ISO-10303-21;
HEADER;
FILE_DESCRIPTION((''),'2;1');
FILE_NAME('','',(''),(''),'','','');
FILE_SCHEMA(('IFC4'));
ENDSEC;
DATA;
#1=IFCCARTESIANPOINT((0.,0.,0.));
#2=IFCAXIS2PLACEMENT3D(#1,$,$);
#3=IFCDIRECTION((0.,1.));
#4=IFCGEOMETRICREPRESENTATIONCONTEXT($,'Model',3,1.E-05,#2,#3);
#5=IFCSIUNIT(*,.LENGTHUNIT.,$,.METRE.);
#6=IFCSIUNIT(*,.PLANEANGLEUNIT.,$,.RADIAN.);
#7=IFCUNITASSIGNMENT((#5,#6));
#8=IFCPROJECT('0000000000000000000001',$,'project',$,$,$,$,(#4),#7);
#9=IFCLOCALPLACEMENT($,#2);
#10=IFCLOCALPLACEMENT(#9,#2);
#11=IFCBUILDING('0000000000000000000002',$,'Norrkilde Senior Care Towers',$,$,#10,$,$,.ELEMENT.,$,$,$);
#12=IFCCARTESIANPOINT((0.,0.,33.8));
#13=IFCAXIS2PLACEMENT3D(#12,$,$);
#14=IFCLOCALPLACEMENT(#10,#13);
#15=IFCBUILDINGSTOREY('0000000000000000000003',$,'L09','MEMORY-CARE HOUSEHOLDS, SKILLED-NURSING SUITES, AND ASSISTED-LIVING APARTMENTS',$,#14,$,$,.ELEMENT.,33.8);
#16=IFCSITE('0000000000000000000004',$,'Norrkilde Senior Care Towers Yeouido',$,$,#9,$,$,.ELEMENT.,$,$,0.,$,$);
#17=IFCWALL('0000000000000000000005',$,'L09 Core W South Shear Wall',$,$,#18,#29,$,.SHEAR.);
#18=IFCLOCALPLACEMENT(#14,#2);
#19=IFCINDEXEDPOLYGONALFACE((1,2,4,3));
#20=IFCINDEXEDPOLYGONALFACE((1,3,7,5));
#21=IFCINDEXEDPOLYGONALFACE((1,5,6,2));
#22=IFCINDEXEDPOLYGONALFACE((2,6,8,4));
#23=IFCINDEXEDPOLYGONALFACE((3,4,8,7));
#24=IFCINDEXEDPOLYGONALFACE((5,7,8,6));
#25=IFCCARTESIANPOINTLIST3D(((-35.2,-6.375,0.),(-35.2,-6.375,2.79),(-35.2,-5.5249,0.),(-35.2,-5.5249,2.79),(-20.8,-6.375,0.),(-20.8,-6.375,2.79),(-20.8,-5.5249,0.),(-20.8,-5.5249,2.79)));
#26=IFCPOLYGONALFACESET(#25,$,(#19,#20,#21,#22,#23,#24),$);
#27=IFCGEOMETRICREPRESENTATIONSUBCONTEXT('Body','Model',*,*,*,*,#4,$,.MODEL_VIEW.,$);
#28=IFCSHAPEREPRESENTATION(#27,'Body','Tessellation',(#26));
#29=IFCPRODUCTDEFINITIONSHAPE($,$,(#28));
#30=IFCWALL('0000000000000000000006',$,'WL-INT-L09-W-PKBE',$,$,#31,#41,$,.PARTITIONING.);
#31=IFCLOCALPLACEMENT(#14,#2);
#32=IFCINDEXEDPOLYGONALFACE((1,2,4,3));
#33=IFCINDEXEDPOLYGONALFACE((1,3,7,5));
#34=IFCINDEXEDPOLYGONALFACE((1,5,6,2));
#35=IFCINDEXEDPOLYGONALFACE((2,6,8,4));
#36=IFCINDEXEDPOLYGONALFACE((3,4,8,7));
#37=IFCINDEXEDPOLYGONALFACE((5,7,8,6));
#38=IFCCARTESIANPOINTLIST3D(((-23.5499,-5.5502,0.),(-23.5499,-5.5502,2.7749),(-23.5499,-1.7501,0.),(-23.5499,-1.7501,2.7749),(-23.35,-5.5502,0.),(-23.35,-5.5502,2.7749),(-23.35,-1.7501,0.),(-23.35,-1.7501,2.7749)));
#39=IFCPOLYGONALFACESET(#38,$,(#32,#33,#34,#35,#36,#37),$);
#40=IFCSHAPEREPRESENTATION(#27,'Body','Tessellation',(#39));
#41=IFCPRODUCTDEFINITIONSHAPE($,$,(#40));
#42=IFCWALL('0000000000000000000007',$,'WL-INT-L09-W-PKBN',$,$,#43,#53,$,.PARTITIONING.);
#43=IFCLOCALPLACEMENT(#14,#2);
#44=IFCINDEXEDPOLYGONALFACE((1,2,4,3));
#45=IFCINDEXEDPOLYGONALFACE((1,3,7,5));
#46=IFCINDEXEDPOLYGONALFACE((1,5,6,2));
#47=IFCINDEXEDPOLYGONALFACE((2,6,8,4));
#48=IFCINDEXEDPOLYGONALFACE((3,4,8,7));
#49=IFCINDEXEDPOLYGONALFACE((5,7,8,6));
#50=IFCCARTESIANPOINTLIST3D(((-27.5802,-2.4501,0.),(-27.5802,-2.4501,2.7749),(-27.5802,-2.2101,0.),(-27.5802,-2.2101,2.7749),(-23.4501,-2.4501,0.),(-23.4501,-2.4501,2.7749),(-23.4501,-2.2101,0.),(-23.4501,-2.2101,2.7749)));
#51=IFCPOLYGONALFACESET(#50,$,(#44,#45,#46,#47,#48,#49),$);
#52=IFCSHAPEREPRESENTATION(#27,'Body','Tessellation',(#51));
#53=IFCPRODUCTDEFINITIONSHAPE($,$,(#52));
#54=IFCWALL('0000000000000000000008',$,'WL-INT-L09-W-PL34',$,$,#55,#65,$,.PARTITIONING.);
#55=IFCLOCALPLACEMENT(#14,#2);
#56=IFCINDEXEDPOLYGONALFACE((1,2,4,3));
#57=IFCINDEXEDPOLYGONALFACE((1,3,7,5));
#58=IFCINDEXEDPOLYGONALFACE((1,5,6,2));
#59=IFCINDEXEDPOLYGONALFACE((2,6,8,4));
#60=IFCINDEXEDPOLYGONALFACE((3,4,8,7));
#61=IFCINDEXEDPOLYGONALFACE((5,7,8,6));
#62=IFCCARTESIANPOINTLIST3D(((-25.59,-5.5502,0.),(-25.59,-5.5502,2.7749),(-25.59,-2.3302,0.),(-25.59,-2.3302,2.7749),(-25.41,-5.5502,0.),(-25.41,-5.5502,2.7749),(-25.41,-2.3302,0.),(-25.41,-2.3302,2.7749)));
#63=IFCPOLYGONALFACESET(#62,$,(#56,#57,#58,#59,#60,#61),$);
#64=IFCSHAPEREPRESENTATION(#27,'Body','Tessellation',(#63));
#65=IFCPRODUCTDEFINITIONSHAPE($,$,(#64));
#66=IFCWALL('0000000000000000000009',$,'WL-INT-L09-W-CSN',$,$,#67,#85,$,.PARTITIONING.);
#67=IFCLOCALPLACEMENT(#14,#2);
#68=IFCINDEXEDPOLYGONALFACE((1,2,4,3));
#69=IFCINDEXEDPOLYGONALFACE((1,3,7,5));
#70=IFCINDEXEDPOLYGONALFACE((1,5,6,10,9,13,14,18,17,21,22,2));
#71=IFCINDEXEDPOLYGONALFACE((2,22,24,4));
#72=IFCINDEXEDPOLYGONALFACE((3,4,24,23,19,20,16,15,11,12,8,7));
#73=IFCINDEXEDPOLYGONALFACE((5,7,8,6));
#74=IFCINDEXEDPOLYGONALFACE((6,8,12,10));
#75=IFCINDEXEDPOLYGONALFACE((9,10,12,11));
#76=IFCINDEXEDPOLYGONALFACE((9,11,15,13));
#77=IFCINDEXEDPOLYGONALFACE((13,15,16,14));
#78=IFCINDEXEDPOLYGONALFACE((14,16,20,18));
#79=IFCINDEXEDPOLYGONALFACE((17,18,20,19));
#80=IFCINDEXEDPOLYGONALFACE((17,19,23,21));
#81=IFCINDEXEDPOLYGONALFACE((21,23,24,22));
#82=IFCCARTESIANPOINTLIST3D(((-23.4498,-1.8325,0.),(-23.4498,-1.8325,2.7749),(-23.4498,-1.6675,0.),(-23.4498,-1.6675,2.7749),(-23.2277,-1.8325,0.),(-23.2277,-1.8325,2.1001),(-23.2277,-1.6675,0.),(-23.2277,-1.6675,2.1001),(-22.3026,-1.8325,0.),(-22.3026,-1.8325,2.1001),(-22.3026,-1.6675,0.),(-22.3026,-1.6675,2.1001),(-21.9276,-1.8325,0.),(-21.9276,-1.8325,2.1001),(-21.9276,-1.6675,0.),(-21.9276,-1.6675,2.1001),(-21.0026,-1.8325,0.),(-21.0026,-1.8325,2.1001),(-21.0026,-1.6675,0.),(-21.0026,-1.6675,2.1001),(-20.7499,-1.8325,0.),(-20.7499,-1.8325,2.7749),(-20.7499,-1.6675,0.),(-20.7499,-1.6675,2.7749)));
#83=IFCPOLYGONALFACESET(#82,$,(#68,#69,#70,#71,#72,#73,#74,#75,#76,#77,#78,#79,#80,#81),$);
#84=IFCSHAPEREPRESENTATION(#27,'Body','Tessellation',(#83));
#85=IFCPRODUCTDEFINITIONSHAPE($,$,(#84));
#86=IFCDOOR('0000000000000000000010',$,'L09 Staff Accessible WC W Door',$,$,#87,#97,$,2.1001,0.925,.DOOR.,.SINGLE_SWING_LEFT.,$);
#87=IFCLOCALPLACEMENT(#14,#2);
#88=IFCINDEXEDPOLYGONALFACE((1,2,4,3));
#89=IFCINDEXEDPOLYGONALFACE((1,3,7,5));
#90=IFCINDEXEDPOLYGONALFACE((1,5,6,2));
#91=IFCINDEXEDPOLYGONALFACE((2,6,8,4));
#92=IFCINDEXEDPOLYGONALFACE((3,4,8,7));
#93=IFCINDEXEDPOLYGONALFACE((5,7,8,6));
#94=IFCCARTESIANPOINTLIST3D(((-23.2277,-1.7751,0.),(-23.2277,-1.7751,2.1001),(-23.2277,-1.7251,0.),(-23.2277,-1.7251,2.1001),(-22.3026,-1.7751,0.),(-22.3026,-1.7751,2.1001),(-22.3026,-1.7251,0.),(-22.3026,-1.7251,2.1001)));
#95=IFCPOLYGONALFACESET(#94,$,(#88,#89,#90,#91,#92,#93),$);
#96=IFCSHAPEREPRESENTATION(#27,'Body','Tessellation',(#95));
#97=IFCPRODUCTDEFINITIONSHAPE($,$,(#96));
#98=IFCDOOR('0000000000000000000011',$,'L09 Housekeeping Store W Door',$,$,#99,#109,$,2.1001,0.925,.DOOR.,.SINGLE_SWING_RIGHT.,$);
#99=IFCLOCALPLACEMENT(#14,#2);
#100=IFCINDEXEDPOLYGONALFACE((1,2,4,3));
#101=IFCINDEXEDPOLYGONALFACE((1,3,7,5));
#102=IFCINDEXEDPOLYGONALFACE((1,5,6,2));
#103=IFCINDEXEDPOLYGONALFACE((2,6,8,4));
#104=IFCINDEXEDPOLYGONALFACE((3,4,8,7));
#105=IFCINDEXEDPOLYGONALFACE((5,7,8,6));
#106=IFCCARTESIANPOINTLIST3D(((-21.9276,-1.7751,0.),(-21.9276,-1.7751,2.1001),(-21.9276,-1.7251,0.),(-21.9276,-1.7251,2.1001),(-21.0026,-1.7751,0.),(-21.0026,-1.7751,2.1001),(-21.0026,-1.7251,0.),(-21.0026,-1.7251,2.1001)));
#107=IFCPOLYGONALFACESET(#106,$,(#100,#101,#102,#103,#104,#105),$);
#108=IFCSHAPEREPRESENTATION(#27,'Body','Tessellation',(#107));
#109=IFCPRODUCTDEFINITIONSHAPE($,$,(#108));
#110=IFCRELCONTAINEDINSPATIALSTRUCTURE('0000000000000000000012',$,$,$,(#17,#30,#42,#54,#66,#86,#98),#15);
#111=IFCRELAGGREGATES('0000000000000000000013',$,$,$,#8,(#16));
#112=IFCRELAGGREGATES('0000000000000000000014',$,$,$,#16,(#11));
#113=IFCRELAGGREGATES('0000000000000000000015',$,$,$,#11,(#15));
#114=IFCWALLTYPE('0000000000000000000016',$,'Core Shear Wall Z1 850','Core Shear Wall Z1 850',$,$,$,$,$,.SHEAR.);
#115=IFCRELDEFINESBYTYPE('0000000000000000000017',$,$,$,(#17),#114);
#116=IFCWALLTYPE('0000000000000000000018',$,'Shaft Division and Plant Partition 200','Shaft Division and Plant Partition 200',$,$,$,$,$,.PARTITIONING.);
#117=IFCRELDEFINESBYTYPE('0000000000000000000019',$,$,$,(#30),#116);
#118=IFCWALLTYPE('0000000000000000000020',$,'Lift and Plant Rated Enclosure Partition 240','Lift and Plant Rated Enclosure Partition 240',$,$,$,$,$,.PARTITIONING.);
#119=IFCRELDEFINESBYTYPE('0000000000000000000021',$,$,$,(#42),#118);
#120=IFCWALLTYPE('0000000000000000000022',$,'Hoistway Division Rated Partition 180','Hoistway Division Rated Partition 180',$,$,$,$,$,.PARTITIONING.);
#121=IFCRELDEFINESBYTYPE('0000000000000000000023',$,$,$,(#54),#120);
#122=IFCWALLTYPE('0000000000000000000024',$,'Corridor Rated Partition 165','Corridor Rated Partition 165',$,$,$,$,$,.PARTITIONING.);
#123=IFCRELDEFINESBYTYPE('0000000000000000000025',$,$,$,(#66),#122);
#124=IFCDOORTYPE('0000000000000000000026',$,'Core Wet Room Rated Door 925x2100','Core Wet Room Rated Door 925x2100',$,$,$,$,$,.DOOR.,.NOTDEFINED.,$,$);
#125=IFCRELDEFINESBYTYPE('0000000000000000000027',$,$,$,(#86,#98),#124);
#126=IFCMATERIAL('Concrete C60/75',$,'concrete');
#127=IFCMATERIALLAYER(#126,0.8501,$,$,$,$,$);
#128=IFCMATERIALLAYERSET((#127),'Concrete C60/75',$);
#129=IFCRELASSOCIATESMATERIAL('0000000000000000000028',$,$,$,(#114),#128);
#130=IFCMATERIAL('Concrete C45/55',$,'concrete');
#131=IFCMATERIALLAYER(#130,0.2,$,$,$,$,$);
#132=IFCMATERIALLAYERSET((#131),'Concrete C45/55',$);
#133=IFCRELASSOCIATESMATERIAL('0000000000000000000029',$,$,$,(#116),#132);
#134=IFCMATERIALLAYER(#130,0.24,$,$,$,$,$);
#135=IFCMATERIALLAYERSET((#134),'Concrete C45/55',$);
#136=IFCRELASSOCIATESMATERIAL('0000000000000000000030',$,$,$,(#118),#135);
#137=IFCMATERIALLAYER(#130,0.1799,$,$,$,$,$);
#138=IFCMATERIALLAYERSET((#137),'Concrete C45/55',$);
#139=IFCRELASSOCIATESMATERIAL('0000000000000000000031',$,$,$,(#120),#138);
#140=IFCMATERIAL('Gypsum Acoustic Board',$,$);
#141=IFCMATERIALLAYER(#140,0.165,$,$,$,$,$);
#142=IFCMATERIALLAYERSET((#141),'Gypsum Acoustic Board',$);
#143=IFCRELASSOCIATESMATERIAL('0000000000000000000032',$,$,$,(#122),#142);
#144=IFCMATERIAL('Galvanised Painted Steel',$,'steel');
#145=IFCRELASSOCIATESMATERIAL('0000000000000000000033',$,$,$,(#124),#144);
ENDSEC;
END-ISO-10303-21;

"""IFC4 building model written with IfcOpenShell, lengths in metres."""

from ifc_helpers import new_model, si_unit, direction, frame, frame_2d, origin, place, context, subcontext, project, spatial, rectangle, extrude, source, transform, mapped, material, layer, layer_set, type_object, type_shapes, element, fill, save


model = new_model("IFC4")

# Units and contexts
model_context = context("Model", 3, precision=1e-05, world=origin(), true_north=direction((0.0, 1.0)))
body_context = subcontext(model_context, "Body", "Model", "MODEL_VIEW")
ifc_project = project(units=[si_unit("LENGTHUNIT", "METRE"), si_unit("PLANEANGLEUNIT", "RADIAN")], contexts=[model_context])

# Site, building, storey
site_placement = place(None, origin())
site = spatial("IfcSite", under=ifc_project, at=site_placement, Name="Norrkilde Senior Care Towers Yeouido", CompositionType="ELEMENT", RefElevation=0.0)
building_placement = place(site_placement, origin())
building = spatial("IfcBuilding", under=site, at=building_placement, Name="Norrkilde Senior Care Towers", CompositionType="ELEMENT")
storey_placement = place(building_placement, frame((0.0, 0.0, 33.8)))
storey = spatial("IfcBuildingStorey", under=building, at=storey_placement, Name="L09", Description="MEMORY-CARE HOUSEHOLDS, SKILLED-NURSING SUITES, AND ASSISTED-LIVING APARTMENTS", CompositionType="ELEMENT", Elevation=33.8)

# Shared definitions
ifc_material_1 = material(Name="Concrete C60/75", Category="concrete")

# Walls
ifc_layer_1 = layer(ifc_material_1, 0.8501)
ifc_layer_set_1 = layer_set([ifc_layer_1], Name="Concrete C60/75")
wall_type_1 = type_object("IfcWallType", Name="Core Shear Wall Z1 850", Description="Core Shear Wall Z1 850", PredefinedType="SHEAR", material=ifc_layer_set_1)
shared_shape_1 = source(origin(), body_context, "Body", "SweptSolid", [
    extrude(rectangle(XDim=14.3999, YDim=0.8501, at=frame_2d((7.2, 0.0))), origin(), (0.0, 0.0, 1.0), 2.79),
])
type_shapes(wall_type_1, [shared_shape_1])
wall_1_placement = place(storey_placement, frame((-20.8, -5.95, 0.0), z_axis=(0.0, 0.0, 1.0), x_axis=(-1.0, 0.0, 0.0)))
element("IfcWall", 1, at=wall_1_placement, inside=storey, type_object=wall_type_1, Name="L09 Core W South Shear Wall", PredefinedType="SHEAR", context=body_context, shape_type="MappedRepresentation", body=[
    mapped(shared_shape_1, transform((0.0, 0.0, 0.0), x_axis=(1.0, 0.0, 0.0), y_axis=(0.0, 1.0, 0.0), z_axis=(0.0, 0.0, 1.0), scale=1.0)),
])
ifc_material_2 = material(Name="Concrete C45/55", Category="concrete")
ifc_layer_2 = layer(ifc_material_2, 0.2)
ifc_layer_set_2 = layer_set([ifc_layer_2], Name="Concrete C45/55")
wall_type_2 = type_object("IfcWallType", Name="Shaft Division and Plant Partition 200", Description="Shaft Division and Plant Partition 200", PredefinedType="PARTITIONING", material=ifc_layer_set_2)
shared_shape_2 = source(origin(), body_context, "Body", "SweptSolid", [
    extrude(rectangle(XDim=3.8, YDim=0.2, at=frame_2d((1.8999, 0.0))), origin(), (0.0, 0.0, 1.0), 2.7749),
])
type_shapes(wall_type_2, [shared_shape_2])
wall_2_placement = place(storey_placement, frame((-23.45, -5.55, 0.0), z_axis=(0.0, 0.0, 1.0), x_axis=(0.0, 1.0, 0.0)))
element("IfcWall", 2, at=wall_2_placement, inside=storey, type_object=wall_type_2, Name="WL-INT-L09-W-PKBE", PredefinedType="PARTITIONING", context=body_context, shape_type="MappedRepresentation", body=[
    mapped(shared_shape_2, transform((0.0, 0.0, 0.0), x_axis=(1.0, 0.0, 0.0), y_axis=(0.0, 1.0, 0.0), z_axis=(0.0, 0.0, 1.0), scale=1.0)),
])
ifc_layer_3 = layer(ifc_material_2, 0.24)
ifc_layer_set_3 = layer_set([ifc_layer_3], Name="Concrete C45/55")
wall_type_3 = type_object("IfcWallType", Name="Lift and Plant Rated Enclosure Partition 240", Description="Lift and Plant Rated Enclosure Partition 240", PredefinedType="PARTITIONING", material=ifc_layer_set_3)
shared_shape_3 = source(origin(), body_context, "Body", "SweptSolid", [
    extrude(rectangle(XDim=4.1301, YDim=0.24, at=frame_2d((2.0649, 0.0))), origin(), (0.0, 0.0, 1.0), 2.7749),
])
type_shapes(wall_type_3, [shared_shape_3])
wall_3_placement = place(storey_placement, frame((-27.5801, -2.3301, 0.0), z_axis=(0.0, 0.0, 1.0), x_axis=(1.0, 0.0, 0.0)))
element("IfcWall", 3, at=wall_3_placement, inside=storey, type_object=wall_type_3, Name="WL-INT-L09-W-PKBN", PredefinedType="PARTITIONING", context=body_context, shape_type="MappedRepresentation", body=[
    mapped(shared_shape_3, transform((0.0, 0.0, 0.0), x_axis=(1.0, 0.0, 0.0), y_axis=(0.0, 1.0, 0.0), z_axis=(0.0, 0.0, 1.0), scale=1.0)),
])
ifc_layer_4 = layer(ifc_material_2, 0.1799)
ifc_layer_set_4 = layer_set([ifc_layer_4], Name="Concrete C45/55")
wall_type_4 = type_object("IfcWallType", Name="Hoistway Division Rated Partition 180", Description="Hoistway Division Rated Partition 180", PredefinedType="PARTITIONING", material=ifc_layer_set_4)
shared_shape_4 = source(origin(), body_context, "Body", "SweptSolid", [
    extrude(rectangle(XDim=3.22, YDim=0.1799, at=frame_2d((1.6099, 0.0))), origin(), (0.0, 0.0, 1.0), 2.7749),
])
type_shapes(wall_type_4, [shared_shape_4])
wall_4_placement = place(storey_placement, frame((-25.5, -5.55, 0.0), z_axis=(0.0, 0.0, 1.0), x_axis=(0.0, 1.0, 0.0)))
element("IfcWall", 4, at=wall_4_placement, inside=storey, type_object=wall_type_4, Name="WL-INT-L09-W-PL34", PredefinedType="PARTITIONING", context=body_context, shape_type="MappedRepresentation", body=[
    mapped(shared_shape_4, transform((0.0, 0.0, 0.0), x_axis=(1.0, 0.0, 0.0), y_axis=(0.0, 1.0, 0.0), z_axis=(0.0, 0.0, 1.0), scale=1.0)),
])

# Wall, openings, doors
ifc_material_3 = material(Name="Gypsum Acoustic Board")
ifc_layer_5 = layer(ifc_material_3, 0.165)
ifc_layer_set_5 = layer_set([ifc_layer_5], Name="Gypsum Acoustic Board")
wall_type_5 = type_object("IfcWallType", Name="Corridor Rated Partition 165", Description="Corridor Rated Partition 165", PredefinedType="PARTITIONING", material=ifc_layer_set_5)
shared_shape_5 = source(origin(), body_context, "Body", "SweptSolid", [
    extrude(rectangle(XDim=2.7, YDim=0.165, at=frame_2d((1.3501, 0.0))), origin(), (0.0, 0.0, 1.0), 2.7749),
])
wall_5_placement = place(storey_placement, frame((-23.45, -1.75, 0.0), z_axis=(0.0, 0.0, 1.0), x_axis=(1.0, 0.0, 0.0)))
wall_5 = element("IfcWall", 5, at=wall_5_placement, inside=storey, type_object=wall_type_5, Name="WL-INT-L09-W-CSN", PredefinedType="PARTITIONING", context=body_context, shape_type="MappedRepresentation", body=[
    mapped(shared_shape_5, transform((0.0, 0.0, 0.0), x_axis=(1.0, 0.0, 0.0), y_axis=(0.0, 1.0, 0.0), z_axis=(0.0, 0.0, 1.0), scale=1.0)),
])
opening_1_placement = place(wall_5_placement, frame((0.2224, 0.0, 0.0)))
opening_1 = element("IfcOpeningElement", 6, at=opening_1_placement, cuts=wall_5, PredefinedType="OPENING", context=body_context, shape_type="SweptSolid", body=[
    extrude(rectangle(XDim=0.925, YDim=2.1001, at=frame_2d((0.4624, 1.05))), frame((0.0, 0.0925, 0.0), z_axis=(0.0, -1.0, 0.0), x_axis=(1.0, 0.0, 0.0)), (0.0, 0.0, 1.0), 0.1851),
])
opening_2_placement = place(wall_5_placement, frame((1.5225, 0.0, 0.0)))
opening_2 = element("IfcOpeningElement", 7, at=opening_2_placement, cuts=wall_5, PredefinedType="OPENING", context=body_context, shape_type="SweptSolid", body=[
    extrude(rectangle(XDim=0.925, YDim=2.1001, at=frame_2d((0.4624, 1.05))), frame((0.0, 0.0925, 0.0), z_axis=(0.0, -1.0, 0.0), x_axis=(1.0, 0.0, 0.0)), (0.0, 0.0, 1.0), 0.1851),
])
ifc_material_4 = material(Name="Galvanised Painted Steel", Category="steel")
door_type_1 = type_object("IfcDoorType", Name="Core Wet Room Rated Door 925x2100", Description="Core Wet Room Rated Door 925x2100", OperationType="NOTDEFINED", PredefinedType="DOOR", material=ifc_material_4)
shared_shape_6 = source(origin(), body_context, "Body", "SweptSolid", [
    extrude(rectangle(XDim=0.925, YDim=2.1001, at=frame_2d((0.4624, 1.05))), frame((0.0, 0.0249, 0.0), z_axis=(0.0, -1.0, 0.0), x_axis=(1.0, 0.0, 0.0)), (0.0, 0.0, 1.0), 0.05),
])
type_shapes(door_type_1, [shared_shape_6])
door_1_placement = place(opening_1_placement, origin())
door_1 = element("IfcDoor", 8, at=door_1_placement, inside=storey, type_object=door_type_1, Name="L09 Staff Accessible WC W Door", OperationType="SINGLE_SWING_LEFT", OverallHeight=2.1001, OverallWidth=0.925, PredefinedType="DOOR", context=body_context, shape_type="MappedRepresentation", body=[
    mapped(shared_shape_6, transform((0.0, 0.0, 0.0), x_axis=(1.0, 0.0, 0.0), y_axis=(0.0, 1.0, 0.0), z_axis=(0.0, 0.0, 1.0), scale=1.0)),
])
fill(opening_1, door_1)
door_2_placement = place(opening_2_placement, origin())
door_2 = element("IfcDoor", 9, at=door_2_placement, inside=storey, type_object=door_type_1, Name="L09 Housekeeping Store W Door", OperationType="SINGLE_SWING_RIGHT", OverallHeight=2.1001, OverallWidth=0.925, PredefinedType="DOOR", context=body_context, shape_type="MappedRepresentation", body=[
    mapped(shared_shape_6, transform((0.0, 0.0, 0.0), x_axis=(1.0, 0.0, 0.0), y_axis=(0.0, 1.0, 0.0), z_axis=(0.0, 0.0, 1.0), scale=1.0)),
])
fill(opening_2, door_2)

save(model, "model.ifc")
